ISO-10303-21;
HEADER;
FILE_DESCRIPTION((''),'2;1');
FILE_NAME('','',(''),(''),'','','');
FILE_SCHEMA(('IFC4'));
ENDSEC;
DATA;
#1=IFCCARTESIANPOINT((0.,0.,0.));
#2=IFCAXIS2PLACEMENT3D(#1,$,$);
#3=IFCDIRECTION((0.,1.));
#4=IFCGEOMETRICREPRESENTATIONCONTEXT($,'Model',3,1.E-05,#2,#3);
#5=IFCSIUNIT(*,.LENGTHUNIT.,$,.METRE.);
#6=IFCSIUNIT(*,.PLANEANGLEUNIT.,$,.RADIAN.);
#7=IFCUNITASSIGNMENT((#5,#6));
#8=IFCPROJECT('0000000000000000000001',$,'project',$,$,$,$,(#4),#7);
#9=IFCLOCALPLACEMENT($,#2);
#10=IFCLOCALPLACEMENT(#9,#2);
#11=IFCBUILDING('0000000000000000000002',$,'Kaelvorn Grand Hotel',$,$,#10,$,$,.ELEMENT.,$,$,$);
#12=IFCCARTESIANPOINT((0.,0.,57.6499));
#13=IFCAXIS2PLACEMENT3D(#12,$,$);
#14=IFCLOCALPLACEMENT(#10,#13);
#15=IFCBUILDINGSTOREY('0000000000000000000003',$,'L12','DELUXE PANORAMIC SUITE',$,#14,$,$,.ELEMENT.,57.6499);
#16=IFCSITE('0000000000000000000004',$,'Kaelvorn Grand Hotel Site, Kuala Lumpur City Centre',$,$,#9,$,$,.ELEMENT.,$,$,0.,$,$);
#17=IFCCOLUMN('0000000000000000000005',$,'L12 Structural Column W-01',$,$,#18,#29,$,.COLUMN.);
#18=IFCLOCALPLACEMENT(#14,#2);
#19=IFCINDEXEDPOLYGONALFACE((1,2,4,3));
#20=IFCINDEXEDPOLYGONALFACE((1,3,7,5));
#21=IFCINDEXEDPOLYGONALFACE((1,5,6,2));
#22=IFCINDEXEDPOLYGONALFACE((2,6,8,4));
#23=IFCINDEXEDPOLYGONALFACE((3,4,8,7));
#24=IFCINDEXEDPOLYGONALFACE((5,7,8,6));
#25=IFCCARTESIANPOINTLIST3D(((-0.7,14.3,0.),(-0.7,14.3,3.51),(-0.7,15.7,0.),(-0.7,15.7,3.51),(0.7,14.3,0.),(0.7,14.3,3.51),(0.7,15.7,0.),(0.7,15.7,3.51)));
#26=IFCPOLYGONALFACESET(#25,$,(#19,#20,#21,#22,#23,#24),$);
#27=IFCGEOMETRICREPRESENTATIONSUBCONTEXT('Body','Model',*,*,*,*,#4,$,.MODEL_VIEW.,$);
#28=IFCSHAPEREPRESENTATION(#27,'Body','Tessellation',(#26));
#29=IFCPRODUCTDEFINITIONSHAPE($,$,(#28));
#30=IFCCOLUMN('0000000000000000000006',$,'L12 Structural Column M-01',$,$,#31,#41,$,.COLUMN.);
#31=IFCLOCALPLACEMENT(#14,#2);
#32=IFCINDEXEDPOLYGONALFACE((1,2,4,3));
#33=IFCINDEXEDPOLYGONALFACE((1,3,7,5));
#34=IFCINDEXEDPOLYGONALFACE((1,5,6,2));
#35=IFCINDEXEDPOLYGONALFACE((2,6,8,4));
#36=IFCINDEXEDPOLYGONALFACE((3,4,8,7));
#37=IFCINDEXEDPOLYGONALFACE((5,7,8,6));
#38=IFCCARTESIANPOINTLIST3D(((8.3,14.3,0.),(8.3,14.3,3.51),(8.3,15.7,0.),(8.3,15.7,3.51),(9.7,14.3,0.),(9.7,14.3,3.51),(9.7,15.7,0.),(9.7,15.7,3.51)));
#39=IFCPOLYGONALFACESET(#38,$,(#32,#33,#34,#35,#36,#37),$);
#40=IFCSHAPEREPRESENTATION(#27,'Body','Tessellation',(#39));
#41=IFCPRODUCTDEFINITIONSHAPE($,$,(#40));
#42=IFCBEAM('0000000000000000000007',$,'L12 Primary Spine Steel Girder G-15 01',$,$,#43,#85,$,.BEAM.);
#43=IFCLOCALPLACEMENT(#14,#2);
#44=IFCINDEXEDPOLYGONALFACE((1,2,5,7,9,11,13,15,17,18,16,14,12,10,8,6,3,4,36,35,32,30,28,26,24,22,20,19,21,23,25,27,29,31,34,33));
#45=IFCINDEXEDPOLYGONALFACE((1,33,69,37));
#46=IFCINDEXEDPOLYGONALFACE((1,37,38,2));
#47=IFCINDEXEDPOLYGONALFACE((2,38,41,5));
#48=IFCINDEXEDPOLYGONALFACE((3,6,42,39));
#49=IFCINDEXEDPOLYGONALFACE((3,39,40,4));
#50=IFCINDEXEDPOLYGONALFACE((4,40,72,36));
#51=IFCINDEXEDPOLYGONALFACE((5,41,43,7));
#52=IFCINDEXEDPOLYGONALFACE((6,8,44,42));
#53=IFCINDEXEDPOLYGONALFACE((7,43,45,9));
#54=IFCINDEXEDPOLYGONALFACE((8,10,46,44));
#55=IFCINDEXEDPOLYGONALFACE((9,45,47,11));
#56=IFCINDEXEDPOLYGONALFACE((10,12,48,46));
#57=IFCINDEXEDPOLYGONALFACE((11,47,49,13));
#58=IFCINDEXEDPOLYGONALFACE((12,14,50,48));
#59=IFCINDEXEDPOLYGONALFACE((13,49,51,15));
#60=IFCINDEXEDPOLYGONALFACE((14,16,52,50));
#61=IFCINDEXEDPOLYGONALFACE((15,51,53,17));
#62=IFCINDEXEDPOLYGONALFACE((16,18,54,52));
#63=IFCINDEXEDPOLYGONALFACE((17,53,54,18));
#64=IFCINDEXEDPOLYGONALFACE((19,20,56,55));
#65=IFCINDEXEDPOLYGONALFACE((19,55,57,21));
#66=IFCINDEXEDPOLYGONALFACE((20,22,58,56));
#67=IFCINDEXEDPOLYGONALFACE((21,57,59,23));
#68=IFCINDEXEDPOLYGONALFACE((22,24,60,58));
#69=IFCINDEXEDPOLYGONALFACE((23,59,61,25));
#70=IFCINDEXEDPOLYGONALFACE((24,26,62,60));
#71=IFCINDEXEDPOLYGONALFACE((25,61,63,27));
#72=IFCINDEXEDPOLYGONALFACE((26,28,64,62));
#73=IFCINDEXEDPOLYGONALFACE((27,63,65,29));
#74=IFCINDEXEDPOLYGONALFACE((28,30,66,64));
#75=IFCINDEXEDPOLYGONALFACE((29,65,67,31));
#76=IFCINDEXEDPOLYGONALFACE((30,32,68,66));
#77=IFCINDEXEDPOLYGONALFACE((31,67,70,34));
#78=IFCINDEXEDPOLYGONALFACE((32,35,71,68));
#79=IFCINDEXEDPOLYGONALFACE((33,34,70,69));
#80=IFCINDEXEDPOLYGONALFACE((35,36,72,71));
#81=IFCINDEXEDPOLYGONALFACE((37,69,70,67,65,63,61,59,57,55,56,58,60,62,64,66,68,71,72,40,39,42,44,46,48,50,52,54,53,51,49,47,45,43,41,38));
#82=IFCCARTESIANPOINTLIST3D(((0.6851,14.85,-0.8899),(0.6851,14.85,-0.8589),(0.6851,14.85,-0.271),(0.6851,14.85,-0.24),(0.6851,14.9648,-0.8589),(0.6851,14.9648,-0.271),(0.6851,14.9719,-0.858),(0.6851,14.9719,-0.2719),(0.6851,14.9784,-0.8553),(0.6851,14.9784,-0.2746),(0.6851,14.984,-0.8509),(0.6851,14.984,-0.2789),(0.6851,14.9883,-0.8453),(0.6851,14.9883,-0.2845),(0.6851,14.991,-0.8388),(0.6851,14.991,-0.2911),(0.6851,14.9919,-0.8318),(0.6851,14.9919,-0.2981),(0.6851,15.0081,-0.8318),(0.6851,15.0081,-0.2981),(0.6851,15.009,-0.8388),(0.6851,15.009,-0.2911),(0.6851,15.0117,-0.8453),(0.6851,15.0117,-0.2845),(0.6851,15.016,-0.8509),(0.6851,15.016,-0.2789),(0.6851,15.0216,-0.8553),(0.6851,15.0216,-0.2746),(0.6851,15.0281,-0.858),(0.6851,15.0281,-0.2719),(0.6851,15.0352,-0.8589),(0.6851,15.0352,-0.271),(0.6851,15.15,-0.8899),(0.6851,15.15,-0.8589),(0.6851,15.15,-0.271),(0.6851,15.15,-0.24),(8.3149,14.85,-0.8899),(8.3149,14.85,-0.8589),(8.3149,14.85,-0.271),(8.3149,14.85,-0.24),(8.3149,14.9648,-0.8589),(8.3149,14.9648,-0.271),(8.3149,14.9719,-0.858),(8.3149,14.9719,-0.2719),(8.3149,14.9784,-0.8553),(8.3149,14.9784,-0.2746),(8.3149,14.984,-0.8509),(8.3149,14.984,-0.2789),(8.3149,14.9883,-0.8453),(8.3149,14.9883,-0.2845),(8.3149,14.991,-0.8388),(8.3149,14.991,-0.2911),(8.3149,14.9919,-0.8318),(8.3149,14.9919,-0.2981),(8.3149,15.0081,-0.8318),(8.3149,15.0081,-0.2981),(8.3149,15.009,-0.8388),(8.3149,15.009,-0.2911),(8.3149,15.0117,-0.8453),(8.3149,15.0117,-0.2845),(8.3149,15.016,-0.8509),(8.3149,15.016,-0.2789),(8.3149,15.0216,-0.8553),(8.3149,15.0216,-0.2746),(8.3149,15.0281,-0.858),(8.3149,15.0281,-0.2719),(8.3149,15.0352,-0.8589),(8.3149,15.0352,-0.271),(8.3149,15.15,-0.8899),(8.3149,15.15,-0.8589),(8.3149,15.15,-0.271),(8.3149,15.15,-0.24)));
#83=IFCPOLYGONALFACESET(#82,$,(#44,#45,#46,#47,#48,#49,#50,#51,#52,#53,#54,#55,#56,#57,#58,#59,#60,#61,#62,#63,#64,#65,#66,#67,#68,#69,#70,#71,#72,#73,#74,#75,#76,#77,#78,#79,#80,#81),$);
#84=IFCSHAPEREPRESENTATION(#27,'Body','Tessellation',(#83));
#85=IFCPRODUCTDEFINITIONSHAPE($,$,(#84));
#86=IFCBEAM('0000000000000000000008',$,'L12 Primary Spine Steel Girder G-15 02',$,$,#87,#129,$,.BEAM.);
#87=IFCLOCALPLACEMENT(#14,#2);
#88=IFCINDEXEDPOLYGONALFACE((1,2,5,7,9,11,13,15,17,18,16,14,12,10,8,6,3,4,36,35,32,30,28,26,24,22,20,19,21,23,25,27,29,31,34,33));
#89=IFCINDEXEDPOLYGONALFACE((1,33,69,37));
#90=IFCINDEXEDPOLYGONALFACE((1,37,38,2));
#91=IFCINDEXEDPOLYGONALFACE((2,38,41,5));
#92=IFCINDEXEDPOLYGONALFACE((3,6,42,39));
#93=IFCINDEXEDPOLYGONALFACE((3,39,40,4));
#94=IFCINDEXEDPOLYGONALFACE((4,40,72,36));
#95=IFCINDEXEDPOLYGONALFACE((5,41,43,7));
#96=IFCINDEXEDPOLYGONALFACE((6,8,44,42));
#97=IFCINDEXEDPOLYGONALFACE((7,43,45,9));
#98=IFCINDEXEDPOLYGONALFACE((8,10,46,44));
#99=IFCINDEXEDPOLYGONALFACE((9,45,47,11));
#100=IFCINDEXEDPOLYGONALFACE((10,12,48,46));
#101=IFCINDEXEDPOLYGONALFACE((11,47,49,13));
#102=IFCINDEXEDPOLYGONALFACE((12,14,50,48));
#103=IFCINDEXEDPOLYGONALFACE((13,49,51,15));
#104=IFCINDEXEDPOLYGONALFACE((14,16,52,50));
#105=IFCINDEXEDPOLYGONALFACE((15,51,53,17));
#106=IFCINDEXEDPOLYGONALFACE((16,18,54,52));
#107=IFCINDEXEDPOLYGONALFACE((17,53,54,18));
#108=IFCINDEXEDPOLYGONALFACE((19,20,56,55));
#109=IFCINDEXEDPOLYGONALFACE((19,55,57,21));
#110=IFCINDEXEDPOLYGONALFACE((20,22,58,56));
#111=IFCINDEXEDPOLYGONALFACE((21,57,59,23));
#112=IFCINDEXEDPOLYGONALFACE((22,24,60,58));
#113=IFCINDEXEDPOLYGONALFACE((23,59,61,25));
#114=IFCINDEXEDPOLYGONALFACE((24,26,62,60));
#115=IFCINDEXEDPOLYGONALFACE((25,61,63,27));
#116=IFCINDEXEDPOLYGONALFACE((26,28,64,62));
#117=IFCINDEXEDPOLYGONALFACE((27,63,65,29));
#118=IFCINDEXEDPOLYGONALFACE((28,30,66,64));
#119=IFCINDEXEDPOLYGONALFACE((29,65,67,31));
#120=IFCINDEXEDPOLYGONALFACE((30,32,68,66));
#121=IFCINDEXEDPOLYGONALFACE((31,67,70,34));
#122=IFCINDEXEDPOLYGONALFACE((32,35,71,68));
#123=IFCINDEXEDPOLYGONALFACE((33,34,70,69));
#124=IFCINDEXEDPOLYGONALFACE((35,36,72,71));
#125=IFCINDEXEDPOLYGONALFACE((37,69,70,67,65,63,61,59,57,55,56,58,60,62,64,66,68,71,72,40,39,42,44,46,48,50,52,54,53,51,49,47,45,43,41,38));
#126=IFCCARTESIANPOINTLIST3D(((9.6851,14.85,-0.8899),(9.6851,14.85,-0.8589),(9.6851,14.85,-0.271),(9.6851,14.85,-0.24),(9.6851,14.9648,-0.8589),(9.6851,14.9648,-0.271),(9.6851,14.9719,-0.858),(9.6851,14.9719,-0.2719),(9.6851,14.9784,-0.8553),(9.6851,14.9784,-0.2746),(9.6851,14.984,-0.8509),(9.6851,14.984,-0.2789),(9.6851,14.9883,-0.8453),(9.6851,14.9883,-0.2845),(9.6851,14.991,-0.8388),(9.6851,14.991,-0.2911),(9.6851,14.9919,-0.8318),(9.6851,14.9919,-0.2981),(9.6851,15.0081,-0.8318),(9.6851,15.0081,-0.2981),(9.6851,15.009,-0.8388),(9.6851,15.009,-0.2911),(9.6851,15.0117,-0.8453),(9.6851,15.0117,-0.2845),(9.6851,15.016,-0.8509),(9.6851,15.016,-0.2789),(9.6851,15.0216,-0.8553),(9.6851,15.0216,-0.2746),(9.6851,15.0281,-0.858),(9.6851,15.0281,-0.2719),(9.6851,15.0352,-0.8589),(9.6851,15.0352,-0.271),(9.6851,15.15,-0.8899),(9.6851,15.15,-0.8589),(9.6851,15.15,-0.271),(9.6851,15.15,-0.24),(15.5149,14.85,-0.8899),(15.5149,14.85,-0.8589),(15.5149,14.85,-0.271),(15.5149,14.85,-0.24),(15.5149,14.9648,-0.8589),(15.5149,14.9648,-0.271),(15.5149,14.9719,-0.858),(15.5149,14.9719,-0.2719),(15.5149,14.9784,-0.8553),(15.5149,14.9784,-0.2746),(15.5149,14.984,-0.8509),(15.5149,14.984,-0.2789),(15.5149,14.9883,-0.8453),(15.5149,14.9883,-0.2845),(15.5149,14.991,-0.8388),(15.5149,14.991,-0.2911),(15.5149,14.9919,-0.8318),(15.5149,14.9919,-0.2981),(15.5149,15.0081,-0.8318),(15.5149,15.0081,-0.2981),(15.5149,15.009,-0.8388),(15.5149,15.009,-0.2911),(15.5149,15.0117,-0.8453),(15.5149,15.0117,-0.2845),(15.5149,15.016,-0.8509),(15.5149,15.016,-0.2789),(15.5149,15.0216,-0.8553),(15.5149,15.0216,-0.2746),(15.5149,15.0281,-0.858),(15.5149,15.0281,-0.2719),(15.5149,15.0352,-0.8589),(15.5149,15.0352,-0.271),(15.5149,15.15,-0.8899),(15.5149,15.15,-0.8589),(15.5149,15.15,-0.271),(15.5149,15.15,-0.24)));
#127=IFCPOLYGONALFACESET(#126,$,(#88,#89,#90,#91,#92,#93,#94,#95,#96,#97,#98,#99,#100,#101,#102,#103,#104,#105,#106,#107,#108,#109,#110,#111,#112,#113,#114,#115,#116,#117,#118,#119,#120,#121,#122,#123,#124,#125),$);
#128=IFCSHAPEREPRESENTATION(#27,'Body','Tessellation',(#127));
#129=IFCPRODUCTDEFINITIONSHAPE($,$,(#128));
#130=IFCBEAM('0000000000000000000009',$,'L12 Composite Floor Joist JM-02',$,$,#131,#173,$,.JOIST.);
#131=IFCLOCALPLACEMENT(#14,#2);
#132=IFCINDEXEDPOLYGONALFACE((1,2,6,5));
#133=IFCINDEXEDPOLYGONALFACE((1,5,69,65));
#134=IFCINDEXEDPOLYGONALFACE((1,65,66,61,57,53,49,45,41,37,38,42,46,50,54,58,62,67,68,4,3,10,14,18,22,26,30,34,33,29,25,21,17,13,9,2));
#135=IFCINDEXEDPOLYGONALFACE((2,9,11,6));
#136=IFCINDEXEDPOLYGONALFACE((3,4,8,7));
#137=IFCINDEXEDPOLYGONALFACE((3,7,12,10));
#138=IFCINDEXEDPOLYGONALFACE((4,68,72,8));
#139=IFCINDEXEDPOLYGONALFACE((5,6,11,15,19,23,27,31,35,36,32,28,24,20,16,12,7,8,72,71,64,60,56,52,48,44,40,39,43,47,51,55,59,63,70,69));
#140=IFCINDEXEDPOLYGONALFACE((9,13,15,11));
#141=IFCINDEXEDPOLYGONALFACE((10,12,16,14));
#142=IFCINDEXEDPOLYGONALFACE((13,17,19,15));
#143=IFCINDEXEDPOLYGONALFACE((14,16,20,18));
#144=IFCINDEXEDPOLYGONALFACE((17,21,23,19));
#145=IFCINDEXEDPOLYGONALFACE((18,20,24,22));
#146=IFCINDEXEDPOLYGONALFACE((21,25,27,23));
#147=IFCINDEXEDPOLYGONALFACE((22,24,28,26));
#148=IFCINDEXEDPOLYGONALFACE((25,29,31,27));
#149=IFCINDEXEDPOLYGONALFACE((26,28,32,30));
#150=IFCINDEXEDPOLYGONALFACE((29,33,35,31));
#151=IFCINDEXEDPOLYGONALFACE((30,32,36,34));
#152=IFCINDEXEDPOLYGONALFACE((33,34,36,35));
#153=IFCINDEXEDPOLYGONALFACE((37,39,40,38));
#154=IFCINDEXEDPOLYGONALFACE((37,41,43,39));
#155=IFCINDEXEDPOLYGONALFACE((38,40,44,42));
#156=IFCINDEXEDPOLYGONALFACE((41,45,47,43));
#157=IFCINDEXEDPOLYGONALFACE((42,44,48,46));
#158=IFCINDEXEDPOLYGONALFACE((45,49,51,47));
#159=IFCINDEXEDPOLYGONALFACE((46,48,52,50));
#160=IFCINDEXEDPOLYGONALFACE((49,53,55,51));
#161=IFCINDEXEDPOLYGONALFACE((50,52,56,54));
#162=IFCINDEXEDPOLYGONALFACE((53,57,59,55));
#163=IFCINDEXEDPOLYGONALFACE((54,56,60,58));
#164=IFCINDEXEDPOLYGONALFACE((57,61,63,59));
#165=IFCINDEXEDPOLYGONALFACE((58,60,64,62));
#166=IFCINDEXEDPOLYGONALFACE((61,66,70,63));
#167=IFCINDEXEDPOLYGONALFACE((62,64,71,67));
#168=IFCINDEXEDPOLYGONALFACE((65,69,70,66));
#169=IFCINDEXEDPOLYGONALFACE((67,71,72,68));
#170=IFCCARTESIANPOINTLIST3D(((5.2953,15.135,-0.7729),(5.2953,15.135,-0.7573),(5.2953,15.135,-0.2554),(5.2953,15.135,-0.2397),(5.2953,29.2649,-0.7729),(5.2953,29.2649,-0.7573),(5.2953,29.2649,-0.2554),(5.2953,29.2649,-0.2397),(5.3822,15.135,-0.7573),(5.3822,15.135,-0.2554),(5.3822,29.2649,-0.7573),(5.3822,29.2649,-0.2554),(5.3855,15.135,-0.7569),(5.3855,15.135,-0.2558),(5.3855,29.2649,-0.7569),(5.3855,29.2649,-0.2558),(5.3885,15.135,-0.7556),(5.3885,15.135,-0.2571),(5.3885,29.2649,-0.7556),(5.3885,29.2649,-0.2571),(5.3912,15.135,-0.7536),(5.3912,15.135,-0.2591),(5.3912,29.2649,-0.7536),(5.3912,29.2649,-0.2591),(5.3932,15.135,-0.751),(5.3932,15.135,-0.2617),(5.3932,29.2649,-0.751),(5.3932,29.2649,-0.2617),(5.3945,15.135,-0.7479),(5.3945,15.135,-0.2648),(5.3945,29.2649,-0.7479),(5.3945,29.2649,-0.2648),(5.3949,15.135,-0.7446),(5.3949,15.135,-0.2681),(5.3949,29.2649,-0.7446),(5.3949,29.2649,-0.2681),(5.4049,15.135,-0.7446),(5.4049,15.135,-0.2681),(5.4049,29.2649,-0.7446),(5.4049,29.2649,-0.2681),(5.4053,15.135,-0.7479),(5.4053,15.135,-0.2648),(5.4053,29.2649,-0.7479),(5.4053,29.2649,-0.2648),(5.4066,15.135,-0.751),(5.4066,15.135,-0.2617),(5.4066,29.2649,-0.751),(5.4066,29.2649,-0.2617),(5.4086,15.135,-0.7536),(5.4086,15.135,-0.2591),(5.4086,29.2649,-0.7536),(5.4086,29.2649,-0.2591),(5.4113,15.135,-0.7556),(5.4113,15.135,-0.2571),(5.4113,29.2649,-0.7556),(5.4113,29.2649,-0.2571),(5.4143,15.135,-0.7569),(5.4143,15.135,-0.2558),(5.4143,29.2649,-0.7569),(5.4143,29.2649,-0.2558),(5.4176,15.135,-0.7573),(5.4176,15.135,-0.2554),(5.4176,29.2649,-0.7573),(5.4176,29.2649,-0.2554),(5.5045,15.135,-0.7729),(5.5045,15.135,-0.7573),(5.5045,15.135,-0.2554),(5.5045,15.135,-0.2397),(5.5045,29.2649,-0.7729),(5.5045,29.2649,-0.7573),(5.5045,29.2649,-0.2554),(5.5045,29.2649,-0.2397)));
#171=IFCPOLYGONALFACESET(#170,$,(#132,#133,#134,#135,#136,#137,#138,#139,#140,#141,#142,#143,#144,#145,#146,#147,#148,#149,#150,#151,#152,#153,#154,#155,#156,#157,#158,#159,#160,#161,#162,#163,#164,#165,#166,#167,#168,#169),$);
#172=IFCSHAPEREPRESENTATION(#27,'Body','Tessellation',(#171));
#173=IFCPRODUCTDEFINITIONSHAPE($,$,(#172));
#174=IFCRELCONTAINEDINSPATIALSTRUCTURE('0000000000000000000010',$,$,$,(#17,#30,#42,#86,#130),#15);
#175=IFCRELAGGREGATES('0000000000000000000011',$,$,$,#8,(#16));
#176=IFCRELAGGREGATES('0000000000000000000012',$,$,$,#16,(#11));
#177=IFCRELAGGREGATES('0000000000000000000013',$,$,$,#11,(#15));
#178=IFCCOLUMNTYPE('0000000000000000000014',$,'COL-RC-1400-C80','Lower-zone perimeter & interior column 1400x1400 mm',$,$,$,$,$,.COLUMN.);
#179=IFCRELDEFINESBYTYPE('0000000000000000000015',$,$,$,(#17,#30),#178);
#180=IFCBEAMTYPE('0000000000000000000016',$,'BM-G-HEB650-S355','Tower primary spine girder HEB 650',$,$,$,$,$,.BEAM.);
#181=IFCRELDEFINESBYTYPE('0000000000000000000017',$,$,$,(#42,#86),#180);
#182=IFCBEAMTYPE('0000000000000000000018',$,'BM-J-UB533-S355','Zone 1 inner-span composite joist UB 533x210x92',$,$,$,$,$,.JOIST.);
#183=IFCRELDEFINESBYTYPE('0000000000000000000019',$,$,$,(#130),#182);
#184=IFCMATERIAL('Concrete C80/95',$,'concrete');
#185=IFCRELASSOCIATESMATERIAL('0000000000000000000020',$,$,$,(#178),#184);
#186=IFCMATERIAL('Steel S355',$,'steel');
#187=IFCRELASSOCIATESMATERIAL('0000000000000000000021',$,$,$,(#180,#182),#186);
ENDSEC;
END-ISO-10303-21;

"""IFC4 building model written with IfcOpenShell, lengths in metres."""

from ifc_helpers import new_model, si_unit, direction, frame, origin, origin_2d, place, context, subcontext, project, spatial, rectangle, i_section, extrude, material, material_profile, profile_set, type_object, element, save


model = new_model("IFC4")

# Units and contexts
model_context = context("Model", 3, precision=1e-05, world=origin(), true_north=direction((0.0, 1.0)))
body_context = subcontext(model_context, "Body", "Model", "MODEL_VIEW")
ifc_project = project(units=[si_unit("LENGTHUNIT", "METRE"), si_unit("PLANEANGLEUNIT", "RADIAN")], contexts=[model_context])

# Site, building, storey
site_placement = place(None, origin())
site = spatial("IfcSite", under=ifc_project, at=site_placement, Name="Kaelvorn Grand Hotel Site, Kuala Lumpur City Centre", CompositionType="ELEMENT", RefElevation=0.0)
building_placement = place(site_placement, origin())
building = spatial("IfcBuilding", under=site, at=building_placement, Name="Kaelvorn Grand Hotel", CompositionType="ELEMENT")
storey_placement = place(building_placement, frame((0.0, 0.0, 57.6499)))
storey = spatial("IfcBuildingStorey", under=building, at=storey_placement, Name="L12", Description="DELUXE PANORAMIC SUITE", CompositionType="ELEMENT", Elevation=57.6499)

# Columns
ifc_material_1 = material(Name="Concrete C80/95", Category="concrete")
ifc_material_profile_1 = material_profile(ifc_material_1, rectangle(XDim=1.3999, YDim=1.3999, at=origin_2d()), Name="RC COL 1400x1400")
ifc_profile_set_1 = profile_set([ifc_material_profile_1], Name="Concrete C80/95")
column_type = type_object("IfcColumnType", Name="COL-RC-1400-C80", Description="Lower-zone perimeter & interior column 1400x1400 mm", PredefinedType="COLUMN", material=ifc_profile_set_1)
for number, where, z_axis, x_axis, name in (
    (1, (0.0, 15.0, 0.0), (0.0, 0.0, 1.0), (1.0, 0.0, 0.0), "L12 Structural Column W-01"),
    (2, (9.0, 15.0, 0.0), (0.0, 0.0, 1.0), (1.0, 0.0, 0.0), "L12 Structural Column M-01"),
):
    element("IfcColumn", number, at=place(storey_placement, frame(where, z_axis=z_axis, x_axis=x_axis)), inside=storey, type_object=column_type, Name=name, PredefinedType="COLUMN", context=body_context, shape_type="SweptSolid", body=[
        extrude(rectangle(XDim=1.3999, YDim=1.3999, at=origin_2d()), origin(), (0.0, 0.0, 1.0), 3.51),
    ])

# Beams
ifc_material_2 = material(Name="Steel S355", Category="steel")
ifc_material_profile_2 = material_profile(ifc_material_2, i_section(OverallWidth=0.3, OverallDepth=0.6499, WebThickness=0.0161, FlangeThickness=0.031, FilletRadius=0.0271, at=origin_2d()), Name="HEB 650")
ifc_profile_set_2 = profile_set([ifc_material_profile_2], Name="Steel S355")
beam_type_1 = type_object("IfcBeamType", Name="BM-G-HEB650-S355", Description="Tower primary spine girder HEB 650", PredefinedType="BEAM", material=ifc_profile_set_2)
beam_1_placement = place(storey_placement, frame((0.6851, 15.0, -0.5649), z_axis=(1.0, 0.0, 0.0), x_axis=(0.0, 1.0, 0.0)))
element("IfcBeam", 3, at=beam_1_placement, inside=storey, type_object=beam_type_1, Name="L12 Primary Spine Steel Girder G-15 01", PredefinedType="BEAM", context=body_context, shape_type="SweptSolid", body=[
    extrude(i_section(OverallWidth=0.3, OverallDepth=0.6499, WebThickness=0.0161, FlangeThickness=0.031, FilletRadius=0.0271, at=origin_2d()), origin(), (0.0, 0.0, 1.0), 7.6299),
])
beam_2_placement = place(storey_placement, frame((9.6851, 15.0, -0.5649), z_axis=(1.0, 0.0, 0.0), x_axis=(0.0, 1.0, 0.0)))
element("IfcBeam", 4, at=beam_2_placement, inside=storey, type_object=beam_type_1, Name="L12 Primary Spine Steel Girder G-15 02", PredefinedType="BEAM", context=body_context, shape_type="SweptSolid", body=[
    extrude(i_section(OverallWidth=0.3, OverallDepth=0.6499, WebThickness=0.0161, FlangeThickness=0.031, FilletRadius=0.0271, at=origin_2d()), origin(), (0.0, 0.0, 1.0), 5.8298),
])
ifc_material_profile_3 = material_profile(ifc_material_2, i_section(OverallWidth=0.2092, OverallDepth=0.5332, WebThickness=0.01, FlangeThickness=0.0156, FilletRadius=0.0127, at=origin_2d()), Name="UB 533x210x92")
ifc_profile_set_3 = profile_set([ifc_material_profile_3], Name="Steel S355")
beam_type_2 = type_object("IfcBeamType", Name="BM-J-UB533-S355", Description="Zone 1 inner-span composite joist UB 533x210x92", PredefinedType="JOIST", material=ifc_profile_set_3)
beam_3_placement = place(storey_placement, frame((5.3999, 15.135, -0.5063), z_axis=(0.0, 1.0, 0.0), x_axis=(-1.0, 0.0, 0.0)))
element("IfcBeam", 5, at=beam_3_placement, inside=storey, type_object=beam_type_2, Name="L12 Composite Floor Joist JM-02", PredefinedType="JOIST", context=body_context, shape_type="SweptSolid", body=[
    extrude(i_section(OverallWidth=0.2092, OverallDepth=0.5332, WebThickness=0.01, FlangeThickness=0.0156, FilletRadius=0.0127, at=origin_2d()), origin(), (0.0, 0.0, 1.0), 14.1299),
])

save(model, "model.ifc")
